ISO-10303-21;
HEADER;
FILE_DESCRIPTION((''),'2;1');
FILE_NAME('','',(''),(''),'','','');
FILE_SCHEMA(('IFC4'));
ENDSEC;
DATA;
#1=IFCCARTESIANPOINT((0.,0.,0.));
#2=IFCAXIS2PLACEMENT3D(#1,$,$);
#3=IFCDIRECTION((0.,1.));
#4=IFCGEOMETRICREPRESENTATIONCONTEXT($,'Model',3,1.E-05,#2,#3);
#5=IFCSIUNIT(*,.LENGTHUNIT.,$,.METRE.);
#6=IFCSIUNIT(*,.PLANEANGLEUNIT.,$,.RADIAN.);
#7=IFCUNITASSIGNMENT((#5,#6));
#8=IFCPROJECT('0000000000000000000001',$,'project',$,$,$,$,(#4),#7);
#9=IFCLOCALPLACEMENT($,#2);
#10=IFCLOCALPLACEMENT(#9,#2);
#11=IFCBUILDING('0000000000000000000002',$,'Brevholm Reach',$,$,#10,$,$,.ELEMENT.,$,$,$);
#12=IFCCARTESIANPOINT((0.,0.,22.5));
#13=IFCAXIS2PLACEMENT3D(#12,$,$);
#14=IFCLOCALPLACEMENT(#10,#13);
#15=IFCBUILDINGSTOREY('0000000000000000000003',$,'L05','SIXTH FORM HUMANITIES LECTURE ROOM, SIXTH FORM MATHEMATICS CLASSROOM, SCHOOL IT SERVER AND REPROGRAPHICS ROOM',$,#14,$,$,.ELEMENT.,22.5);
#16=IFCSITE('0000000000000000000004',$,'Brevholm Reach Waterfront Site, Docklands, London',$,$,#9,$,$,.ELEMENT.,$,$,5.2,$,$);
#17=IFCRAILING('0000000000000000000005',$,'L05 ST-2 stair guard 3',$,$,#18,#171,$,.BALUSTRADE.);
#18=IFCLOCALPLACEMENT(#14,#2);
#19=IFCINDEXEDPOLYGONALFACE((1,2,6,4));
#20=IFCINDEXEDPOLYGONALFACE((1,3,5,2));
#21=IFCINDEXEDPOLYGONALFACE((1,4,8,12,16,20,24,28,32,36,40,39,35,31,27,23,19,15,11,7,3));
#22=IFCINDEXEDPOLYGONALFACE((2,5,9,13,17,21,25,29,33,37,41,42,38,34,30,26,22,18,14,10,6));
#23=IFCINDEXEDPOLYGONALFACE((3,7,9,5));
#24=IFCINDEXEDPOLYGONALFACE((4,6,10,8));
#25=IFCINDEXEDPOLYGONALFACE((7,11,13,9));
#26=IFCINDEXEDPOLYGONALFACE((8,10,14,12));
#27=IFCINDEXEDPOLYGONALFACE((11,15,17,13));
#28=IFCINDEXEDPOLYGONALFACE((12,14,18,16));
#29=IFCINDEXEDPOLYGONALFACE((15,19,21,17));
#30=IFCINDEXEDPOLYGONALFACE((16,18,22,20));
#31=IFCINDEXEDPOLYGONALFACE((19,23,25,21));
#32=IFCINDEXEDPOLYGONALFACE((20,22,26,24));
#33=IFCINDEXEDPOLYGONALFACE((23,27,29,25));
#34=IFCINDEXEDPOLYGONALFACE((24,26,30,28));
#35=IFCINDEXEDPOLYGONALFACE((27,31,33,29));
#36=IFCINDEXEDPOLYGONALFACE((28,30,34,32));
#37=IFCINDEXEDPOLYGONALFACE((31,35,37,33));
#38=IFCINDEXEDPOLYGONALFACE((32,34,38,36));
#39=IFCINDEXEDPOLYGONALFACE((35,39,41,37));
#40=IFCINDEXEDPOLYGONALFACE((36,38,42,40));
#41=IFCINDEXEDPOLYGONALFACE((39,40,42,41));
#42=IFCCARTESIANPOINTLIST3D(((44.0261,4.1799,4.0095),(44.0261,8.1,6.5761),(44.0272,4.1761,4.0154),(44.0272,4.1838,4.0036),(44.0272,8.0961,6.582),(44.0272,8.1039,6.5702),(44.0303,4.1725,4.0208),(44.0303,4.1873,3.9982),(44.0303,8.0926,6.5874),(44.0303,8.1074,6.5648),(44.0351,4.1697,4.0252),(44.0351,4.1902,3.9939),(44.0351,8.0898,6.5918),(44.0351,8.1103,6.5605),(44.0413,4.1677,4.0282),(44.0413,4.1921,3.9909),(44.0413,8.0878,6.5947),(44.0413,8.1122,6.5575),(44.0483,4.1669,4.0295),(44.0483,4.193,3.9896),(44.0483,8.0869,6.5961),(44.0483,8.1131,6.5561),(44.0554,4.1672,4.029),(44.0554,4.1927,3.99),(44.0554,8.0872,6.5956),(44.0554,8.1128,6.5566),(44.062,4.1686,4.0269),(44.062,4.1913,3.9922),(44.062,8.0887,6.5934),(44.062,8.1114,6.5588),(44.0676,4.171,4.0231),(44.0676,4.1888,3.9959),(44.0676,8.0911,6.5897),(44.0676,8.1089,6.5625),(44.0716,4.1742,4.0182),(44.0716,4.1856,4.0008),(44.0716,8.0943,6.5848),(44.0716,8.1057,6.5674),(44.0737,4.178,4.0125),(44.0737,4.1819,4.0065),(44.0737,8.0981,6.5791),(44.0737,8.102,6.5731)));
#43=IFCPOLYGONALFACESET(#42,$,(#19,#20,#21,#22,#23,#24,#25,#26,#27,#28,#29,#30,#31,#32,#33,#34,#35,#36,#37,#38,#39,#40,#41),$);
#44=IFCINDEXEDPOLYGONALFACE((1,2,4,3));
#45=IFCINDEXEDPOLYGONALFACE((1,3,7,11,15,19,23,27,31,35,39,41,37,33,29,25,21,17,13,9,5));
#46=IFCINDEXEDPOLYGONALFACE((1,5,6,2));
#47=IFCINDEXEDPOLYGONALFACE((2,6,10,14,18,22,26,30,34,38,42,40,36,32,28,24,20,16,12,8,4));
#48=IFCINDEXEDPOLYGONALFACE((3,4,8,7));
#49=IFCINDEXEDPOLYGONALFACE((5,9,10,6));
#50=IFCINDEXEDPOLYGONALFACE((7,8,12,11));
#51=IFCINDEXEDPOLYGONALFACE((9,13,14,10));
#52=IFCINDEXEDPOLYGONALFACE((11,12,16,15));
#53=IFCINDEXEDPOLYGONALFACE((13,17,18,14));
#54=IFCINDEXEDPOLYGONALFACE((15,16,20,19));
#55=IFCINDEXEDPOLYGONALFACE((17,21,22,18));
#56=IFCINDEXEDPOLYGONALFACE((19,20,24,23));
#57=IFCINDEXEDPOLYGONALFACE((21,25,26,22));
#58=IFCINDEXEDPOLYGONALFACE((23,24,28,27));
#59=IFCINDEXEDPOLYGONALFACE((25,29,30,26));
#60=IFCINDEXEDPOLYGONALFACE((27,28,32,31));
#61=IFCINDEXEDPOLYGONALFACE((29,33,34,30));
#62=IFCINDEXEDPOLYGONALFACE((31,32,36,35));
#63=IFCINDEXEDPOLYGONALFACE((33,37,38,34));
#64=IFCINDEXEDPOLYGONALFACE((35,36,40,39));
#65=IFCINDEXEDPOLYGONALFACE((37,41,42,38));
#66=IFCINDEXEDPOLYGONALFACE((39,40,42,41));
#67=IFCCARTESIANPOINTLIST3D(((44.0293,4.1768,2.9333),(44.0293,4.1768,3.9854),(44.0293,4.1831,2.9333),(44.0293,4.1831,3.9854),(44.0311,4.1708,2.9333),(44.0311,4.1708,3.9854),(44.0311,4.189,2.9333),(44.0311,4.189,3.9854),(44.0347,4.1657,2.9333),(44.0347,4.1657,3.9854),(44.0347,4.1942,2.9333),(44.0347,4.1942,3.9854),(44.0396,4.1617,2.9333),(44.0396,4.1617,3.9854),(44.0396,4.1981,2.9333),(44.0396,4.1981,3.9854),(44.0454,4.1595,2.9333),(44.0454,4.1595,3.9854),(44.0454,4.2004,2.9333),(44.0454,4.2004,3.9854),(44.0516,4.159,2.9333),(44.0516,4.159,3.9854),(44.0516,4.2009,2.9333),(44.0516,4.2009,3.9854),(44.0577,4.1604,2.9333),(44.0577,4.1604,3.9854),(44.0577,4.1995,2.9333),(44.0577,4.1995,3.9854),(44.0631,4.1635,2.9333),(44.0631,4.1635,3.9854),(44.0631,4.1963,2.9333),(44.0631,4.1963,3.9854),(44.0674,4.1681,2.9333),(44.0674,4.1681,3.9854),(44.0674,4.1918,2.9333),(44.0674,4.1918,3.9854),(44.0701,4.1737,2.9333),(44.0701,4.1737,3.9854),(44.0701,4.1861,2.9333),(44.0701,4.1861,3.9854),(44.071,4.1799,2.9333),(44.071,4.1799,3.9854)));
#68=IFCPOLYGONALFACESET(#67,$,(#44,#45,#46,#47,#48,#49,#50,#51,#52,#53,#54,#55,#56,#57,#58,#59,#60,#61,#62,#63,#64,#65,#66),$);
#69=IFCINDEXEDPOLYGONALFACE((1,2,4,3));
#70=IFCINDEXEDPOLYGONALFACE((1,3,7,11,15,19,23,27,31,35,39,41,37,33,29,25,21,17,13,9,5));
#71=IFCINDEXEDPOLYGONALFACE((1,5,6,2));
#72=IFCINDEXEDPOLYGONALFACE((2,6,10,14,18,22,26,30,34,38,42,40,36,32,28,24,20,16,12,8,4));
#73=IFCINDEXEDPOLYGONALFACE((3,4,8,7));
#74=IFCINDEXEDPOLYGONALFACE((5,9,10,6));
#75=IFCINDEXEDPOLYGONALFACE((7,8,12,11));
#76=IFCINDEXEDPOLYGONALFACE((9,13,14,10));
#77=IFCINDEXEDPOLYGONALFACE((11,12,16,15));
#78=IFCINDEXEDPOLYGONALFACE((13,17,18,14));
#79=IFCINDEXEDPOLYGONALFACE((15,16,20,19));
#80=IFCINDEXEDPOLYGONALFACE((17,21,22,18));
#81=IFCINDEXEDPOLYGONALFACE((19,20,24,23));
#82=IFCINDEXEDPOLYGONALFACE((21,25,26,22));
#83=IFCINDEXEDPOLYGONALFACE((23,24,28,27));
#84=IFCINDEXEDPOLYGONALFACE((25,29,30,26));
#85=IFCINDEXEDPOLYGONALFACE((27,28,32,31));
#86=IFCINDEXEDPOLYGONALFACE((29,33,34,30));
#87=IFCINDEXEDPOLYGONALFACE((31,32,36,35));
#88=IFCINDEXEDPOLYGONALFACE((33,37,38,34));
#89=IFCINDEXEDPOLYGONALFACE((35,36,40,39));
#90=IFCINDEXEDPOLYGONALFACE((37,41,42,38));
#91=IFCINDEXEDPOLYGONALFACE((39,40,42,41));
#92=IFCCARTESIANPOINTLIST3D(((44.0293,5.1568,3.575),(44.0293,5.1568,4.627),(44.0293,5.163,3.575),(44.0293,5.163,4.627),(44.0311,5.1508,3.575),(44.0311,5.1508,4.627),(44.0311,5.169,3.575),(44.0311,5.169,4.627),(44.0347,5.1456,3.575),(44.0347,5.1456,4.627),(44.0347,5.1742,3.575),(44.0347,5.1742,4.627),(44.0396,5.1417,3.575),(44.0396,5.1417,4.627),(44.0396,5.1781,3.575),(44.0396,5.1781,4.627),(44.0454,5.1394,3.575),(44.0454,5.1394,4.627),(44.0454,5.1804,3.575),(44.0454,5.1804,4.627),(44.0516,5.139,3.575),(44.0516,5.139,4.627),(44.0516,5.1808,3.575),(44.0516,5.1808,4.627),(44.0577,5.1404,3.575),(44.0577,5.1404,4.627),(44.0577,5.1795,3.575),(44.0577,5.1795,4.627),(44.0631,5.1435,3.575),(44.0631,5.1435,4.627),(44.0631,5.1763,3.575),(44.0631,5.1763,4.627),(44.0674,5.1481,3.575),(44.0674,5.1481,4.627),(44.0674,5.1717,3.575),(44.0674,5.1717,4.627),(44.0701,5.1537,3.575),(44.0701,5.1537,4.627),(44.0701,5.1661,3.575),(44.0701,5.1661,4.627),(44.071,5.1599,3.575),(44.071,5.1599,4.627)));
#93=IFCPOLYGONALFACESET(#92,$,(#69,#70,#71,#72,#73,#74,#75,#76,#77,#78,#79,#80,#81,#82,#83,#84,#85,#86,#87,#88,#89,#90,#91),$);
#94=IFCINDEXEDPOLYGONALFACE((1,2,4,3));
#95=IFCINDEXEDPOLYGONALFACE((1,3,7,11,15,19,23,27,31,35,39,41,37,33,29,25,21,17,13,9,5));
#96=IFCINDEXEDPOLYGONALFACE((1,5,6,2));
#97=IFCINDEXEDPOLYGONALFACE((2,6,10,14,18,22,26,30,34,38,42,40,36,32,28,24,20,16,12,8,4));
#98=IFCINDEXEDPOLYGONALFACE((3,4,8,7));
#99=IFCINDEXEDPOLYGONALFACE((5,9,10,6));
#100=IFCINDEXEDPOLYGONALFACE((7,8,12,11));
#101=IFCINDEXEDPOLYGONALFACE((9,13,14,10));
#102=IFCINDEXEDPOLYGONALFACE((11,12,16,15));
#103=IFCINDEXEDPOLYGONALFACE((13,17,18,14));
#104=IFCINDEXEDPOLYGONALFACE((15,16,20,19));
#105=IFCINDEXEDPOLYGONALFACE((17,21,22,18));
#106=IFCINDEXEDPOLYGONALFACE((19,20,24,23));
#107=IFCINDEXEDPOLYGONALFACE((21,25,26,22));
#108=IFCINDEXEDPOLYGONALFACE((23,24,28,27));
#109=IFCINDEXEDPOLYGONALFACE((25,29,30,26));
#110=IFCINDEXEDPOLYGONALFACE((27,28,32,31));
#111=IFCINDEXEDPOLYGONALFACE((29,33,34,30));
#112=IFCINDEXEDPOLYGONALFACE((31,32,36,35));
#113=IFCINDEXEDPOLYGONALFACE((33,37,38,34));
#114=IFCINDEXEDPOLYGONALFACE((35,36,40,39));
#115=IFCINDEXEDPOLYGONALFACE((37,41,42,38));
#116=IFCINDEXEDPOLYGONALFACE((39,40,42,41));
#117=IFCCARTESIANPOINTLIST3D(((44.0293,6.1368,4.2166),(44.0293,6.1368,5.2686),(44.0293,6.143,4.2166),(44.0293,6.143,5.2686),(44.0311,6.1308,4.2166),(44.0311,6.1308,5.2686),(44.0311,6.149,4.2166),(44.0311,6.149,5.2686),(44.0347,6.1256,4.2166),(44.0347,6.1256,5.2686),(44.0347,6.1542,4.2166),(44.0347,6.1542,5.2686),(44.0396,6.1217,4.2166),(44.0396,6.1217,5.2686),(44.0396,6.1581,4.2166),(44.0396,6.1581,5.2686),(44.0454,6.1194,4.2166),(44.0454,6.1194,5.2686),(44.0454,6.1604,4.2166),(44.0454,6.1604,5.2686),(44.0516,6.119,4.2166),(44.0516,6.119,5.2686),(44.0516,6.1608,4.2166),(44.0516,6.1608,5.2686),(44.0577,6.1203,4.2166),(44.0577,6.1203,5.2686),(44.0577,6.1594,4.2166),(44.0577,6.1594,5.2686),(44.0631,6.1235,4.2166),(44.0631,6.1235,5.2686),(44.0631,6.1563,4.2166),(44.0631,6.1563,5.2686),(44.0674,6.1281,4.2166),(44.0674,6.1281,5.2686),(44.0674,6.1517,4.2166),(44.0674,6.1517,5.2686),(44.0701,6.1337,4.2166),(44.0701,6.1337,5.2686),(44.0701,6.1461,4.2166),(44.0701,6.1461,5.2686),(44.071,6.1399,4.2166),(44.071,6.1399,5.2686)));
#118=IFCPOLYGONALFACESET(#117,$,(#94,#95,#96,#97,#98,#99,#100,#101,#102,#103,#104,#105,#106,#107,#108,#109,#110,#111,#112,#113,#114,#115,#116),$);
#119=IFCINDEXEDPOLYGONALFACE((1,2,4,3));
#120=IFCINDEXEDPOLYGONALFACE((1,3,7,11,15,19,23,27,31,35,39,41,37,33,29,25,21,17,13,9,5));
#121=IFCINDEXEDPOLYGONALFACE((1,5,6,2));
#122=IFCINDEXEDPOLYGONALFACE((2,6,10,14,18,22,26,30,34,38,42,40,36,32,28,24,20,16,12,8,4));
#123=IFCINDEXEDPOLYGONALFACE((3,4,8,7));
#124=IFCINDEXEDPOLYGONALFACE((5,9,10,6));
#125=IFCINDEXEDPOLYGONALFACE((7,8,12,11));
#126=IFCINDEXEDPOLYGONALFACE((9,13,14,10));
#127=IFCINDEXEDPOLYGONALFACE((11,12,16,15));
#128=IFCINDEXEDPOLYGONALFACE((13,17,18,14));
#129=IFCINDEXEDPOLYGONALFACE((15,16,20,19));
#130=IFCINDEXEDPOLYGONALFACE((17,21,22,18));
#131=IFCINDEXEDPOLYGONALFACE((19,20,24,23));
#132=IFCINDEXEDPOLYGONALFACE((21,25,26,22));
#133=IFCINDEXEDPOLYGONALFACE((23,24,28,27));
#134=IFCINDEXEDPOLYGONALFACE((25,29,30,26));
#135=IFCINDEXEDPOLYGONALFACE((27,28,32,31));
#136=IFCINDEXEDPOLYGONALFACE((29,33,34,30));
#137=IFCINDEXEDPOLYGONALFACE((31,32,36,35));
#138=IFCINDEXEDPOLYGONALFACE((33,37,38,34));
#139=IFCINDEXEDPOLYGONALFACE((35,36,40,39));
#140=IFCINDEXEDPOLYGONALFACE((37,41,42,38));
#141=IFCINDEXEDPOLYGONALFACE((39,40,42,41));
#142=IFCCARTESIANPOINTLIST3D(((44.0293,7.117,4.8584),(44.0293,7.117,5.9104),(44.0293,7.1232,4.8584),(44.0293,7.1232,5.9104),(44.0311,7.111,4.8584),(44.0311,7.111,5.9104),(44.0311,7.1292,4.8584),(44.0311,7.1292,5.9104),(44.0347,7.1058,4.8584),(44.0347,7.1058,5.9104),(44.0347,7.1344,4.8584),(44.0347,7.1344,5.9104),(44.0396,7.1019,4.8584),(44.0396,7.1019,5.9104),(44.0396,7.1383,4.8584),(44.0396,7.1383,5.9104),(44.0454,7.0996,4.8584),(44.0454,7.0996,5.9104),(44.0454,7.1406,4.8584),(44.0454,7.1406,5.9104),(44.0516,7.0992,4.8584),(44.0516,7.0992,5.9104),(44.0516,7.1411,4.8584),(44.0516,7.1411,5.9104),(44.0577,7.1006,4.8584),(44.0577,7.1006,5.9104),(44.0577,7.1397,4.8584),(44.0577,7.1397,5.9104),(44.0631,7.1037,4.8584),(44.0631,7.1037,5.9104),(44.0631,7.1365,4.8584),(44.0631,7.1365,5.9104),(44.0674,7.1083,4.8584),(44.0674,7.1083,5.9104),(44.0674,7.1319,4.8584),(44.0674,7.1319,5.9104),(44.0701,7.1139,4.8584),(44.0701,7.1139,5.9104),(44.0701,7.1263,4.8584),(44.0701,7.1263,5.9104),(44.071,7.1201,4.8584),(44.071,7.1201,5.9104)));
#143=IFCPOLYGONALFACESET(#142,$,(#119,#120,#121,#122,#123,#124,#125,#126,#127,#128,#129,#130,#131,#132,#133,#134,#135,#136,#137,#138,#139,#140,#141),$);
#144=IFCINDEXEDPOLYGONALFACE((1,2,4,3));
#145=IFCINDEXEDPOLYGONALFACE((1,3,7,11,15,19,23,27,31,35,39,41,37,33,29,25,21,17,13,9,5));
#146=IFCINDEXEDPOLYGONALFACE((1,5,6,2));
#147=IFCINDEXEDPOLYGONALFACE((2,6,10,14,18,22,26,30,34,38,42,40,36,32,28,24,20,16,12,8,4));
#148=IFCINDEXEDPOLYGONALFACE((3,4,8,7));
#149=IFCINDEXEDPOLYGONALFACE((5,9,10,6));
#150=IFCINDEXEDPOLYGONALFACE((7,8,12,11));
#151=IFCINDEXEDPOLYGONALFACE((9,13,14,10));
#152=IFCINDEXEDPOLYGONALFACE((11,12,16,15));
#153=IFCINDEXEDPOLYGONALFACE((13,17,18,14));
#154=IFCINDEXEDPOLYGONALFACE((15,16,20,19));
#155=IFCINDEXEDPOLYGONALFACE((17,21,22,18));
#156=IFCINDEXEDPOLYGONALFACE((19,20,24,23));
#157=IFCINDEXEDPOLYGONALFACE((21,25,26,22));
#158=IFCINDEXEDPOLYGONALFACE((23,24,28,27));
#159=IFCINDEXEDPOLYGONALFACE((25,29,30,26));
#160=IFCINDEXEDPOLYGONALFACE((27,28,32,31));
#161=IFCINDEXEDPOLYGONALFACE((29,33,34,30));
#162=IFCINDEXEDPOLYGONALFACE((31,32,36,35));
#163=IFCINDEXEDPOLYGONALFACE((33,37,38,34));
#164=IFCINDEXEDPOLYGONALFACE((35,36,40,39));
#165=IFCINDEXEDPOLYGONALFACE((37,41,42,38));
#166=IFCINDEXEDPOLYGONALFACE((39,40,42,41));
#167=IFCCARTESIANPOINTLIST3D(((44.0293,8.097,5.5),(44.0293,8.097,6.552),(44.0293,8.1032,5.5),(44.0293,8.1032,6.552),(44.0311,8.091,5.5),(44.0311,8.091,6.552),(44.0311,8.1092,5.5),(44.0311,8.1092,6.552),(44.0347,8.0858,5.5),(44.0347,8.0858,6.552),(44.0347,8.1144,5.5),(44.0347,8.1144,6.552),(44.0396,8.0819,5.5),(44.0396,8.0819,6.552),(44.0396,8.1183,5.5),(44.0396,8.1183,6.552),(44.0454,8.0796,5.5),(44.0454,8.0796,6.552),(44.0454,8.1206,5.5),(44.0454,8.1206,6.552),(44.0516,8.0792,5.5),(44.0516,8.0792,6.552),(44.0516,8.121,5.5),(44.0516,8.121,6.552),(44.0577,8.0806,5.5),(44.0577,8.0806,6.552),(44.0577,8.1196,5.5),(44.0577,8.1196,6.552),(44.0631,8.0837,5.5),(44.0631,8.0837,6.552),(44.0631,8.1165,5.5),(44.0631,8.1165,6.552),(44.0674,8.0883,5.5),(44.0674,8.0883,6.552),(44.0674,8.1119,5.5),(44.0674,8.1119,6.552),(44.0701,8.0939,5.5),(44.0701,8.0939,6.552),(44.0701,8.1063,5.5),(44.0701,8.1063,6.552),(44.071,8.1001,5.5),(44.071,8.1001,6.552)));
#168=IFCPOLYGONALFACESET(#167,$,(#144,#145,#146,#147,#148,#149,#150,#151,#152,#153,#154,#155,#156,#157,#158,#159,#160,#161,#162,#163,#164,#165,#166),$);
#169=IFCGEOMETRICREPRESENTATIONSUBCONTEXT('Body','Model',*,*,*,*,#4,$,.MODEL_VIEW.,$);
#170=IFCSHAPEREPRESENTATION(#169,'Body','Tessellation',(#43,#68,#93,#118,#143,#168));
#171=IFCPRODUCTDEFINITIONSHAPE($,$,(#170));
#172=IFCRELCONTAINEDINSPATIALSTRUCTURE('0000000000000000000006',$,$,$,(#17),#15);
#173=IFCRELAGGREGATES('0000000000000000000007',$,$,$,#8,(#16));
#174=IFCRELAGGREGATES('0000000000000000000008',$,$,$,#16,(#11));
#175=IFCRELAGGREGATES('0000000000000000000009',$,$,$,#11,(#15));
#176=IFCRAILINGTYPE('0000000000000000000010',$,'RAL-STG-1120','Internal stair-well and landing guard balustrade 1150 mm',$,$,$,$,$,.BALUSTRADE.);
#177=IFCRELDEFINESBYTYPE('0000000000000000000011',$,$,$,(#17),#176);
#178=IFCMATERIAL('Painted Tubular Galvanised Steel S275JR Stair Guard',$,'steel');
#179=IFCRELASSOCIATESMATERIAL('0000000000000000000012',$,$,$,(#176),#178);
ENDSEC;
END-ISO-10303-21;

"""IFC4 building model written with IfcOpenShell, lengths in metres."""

from ifc_helpers import new_model, si_unit, direction, frame, origin, origin_2d, place, context, subcontext, project, spatial, circle, extrude, material, type_object, element, save


model = new_model("IFC4")

# Units and contexts
model_context = context("Model", 3, precision=1e-05, world=origin(), true_north=direction((0.0, 1.0)))
body_context = subcontext(model_context, "Body", "Model", "MODEL_VIEW")
ifc_project = project(units=[si_unit("LENGTHUNIT", "METRE"), si_unit("PLANEANGLEUNIT", "RADIAN")], contexts=[model_context])

# Site, building, storey
site_placement = place(None, origin())
site = spatial("IfcSite", under=ifc_project, at=site_placement, Name="Brevholm Reach Waterfront Site, Docklands, London", CompositionType="ELEMENT", RefElevation=5.2)
building_placement = place(site_placement, origin())
building = spatial("IfcBuilding", under=site, at=building_placement, Name="Brevholm Reach", CompositionType="ELEMENT")
storey_placement = place(building_placement, frame((0.0, 0.0, 22.5)))
storey = spatial("IfcBuildingStorey", under=building, at=storey_placement, Name="L05", Description="SIXTH FORM HUMANITIES LECTURE ROOM, SIXTH FORM MATHEMATICS CLASSROOM, SCHOOL IT SERVER AND REPROGRAPHICS ROOM", CompositionType="ELEMENT", Elevation=22.5)

# Railing
ifc_material_1 = material(Name="Painted Tubular Galvanised Steel S275JR Stair Guard", Category="steel")
railing_type_1 = type_object("IfcRailingType", Name="RAL-STG-1120", Description="Internal stair-well and landing guard balustrade 1150 mm", PredefinedType="BALUSTRADE", material=ifc_material_1)
railing_1_placement = place(storey_placement, frame((44.05, 4.1799, 2.9333)))
element("IfcRailing", 1, at=railing_1_placement, inside=storey, type_object=railing_type_1, Name="L05 ST-2 stair guard 3", PredefinedType="BALUSTRADE", context=body_context, shape_type="SweptSolid", body=[
    extrude(circle(Radius=0.0239, at=origin_2d()), frame((0.0, 0.0, 1.0762), z_axis=(0.0, 0.836631, 0.547767), x_axis=(-1.0, 0.0, 0.0)), (0.0, 0.0, 1.0), 4.6855),
    extrude(circle(Radius=0.021, at=origin_2d()), origin(), (0.0, 0.0, 1.0), 1.052),
    extrude(circle(Radius=0.021, at=origin_2d()), frame((0.0, 0.98, 0.6416)), (0.0, 0.0, 1.0), 1.052),
    extrude(circle(Radius=0.021, at=origin_2d()), frame((0.0, 1.96, 1.2832)), (0.0, 0.0, 1.0), 1.052),
    extrude(circle(Radius=0.021, at=origin_2d()), frame((0.0, 2.9402, 1.925)), (0.0, 0.0, 1.0), 1.052),
    extrude(circle(Radius=0.021, at=origin_2d()), frame((0.0, 3.9202, 2.5667)), (0.0, 0.0, 1.0), 1.052),
])

save(model, "model.ifc")
